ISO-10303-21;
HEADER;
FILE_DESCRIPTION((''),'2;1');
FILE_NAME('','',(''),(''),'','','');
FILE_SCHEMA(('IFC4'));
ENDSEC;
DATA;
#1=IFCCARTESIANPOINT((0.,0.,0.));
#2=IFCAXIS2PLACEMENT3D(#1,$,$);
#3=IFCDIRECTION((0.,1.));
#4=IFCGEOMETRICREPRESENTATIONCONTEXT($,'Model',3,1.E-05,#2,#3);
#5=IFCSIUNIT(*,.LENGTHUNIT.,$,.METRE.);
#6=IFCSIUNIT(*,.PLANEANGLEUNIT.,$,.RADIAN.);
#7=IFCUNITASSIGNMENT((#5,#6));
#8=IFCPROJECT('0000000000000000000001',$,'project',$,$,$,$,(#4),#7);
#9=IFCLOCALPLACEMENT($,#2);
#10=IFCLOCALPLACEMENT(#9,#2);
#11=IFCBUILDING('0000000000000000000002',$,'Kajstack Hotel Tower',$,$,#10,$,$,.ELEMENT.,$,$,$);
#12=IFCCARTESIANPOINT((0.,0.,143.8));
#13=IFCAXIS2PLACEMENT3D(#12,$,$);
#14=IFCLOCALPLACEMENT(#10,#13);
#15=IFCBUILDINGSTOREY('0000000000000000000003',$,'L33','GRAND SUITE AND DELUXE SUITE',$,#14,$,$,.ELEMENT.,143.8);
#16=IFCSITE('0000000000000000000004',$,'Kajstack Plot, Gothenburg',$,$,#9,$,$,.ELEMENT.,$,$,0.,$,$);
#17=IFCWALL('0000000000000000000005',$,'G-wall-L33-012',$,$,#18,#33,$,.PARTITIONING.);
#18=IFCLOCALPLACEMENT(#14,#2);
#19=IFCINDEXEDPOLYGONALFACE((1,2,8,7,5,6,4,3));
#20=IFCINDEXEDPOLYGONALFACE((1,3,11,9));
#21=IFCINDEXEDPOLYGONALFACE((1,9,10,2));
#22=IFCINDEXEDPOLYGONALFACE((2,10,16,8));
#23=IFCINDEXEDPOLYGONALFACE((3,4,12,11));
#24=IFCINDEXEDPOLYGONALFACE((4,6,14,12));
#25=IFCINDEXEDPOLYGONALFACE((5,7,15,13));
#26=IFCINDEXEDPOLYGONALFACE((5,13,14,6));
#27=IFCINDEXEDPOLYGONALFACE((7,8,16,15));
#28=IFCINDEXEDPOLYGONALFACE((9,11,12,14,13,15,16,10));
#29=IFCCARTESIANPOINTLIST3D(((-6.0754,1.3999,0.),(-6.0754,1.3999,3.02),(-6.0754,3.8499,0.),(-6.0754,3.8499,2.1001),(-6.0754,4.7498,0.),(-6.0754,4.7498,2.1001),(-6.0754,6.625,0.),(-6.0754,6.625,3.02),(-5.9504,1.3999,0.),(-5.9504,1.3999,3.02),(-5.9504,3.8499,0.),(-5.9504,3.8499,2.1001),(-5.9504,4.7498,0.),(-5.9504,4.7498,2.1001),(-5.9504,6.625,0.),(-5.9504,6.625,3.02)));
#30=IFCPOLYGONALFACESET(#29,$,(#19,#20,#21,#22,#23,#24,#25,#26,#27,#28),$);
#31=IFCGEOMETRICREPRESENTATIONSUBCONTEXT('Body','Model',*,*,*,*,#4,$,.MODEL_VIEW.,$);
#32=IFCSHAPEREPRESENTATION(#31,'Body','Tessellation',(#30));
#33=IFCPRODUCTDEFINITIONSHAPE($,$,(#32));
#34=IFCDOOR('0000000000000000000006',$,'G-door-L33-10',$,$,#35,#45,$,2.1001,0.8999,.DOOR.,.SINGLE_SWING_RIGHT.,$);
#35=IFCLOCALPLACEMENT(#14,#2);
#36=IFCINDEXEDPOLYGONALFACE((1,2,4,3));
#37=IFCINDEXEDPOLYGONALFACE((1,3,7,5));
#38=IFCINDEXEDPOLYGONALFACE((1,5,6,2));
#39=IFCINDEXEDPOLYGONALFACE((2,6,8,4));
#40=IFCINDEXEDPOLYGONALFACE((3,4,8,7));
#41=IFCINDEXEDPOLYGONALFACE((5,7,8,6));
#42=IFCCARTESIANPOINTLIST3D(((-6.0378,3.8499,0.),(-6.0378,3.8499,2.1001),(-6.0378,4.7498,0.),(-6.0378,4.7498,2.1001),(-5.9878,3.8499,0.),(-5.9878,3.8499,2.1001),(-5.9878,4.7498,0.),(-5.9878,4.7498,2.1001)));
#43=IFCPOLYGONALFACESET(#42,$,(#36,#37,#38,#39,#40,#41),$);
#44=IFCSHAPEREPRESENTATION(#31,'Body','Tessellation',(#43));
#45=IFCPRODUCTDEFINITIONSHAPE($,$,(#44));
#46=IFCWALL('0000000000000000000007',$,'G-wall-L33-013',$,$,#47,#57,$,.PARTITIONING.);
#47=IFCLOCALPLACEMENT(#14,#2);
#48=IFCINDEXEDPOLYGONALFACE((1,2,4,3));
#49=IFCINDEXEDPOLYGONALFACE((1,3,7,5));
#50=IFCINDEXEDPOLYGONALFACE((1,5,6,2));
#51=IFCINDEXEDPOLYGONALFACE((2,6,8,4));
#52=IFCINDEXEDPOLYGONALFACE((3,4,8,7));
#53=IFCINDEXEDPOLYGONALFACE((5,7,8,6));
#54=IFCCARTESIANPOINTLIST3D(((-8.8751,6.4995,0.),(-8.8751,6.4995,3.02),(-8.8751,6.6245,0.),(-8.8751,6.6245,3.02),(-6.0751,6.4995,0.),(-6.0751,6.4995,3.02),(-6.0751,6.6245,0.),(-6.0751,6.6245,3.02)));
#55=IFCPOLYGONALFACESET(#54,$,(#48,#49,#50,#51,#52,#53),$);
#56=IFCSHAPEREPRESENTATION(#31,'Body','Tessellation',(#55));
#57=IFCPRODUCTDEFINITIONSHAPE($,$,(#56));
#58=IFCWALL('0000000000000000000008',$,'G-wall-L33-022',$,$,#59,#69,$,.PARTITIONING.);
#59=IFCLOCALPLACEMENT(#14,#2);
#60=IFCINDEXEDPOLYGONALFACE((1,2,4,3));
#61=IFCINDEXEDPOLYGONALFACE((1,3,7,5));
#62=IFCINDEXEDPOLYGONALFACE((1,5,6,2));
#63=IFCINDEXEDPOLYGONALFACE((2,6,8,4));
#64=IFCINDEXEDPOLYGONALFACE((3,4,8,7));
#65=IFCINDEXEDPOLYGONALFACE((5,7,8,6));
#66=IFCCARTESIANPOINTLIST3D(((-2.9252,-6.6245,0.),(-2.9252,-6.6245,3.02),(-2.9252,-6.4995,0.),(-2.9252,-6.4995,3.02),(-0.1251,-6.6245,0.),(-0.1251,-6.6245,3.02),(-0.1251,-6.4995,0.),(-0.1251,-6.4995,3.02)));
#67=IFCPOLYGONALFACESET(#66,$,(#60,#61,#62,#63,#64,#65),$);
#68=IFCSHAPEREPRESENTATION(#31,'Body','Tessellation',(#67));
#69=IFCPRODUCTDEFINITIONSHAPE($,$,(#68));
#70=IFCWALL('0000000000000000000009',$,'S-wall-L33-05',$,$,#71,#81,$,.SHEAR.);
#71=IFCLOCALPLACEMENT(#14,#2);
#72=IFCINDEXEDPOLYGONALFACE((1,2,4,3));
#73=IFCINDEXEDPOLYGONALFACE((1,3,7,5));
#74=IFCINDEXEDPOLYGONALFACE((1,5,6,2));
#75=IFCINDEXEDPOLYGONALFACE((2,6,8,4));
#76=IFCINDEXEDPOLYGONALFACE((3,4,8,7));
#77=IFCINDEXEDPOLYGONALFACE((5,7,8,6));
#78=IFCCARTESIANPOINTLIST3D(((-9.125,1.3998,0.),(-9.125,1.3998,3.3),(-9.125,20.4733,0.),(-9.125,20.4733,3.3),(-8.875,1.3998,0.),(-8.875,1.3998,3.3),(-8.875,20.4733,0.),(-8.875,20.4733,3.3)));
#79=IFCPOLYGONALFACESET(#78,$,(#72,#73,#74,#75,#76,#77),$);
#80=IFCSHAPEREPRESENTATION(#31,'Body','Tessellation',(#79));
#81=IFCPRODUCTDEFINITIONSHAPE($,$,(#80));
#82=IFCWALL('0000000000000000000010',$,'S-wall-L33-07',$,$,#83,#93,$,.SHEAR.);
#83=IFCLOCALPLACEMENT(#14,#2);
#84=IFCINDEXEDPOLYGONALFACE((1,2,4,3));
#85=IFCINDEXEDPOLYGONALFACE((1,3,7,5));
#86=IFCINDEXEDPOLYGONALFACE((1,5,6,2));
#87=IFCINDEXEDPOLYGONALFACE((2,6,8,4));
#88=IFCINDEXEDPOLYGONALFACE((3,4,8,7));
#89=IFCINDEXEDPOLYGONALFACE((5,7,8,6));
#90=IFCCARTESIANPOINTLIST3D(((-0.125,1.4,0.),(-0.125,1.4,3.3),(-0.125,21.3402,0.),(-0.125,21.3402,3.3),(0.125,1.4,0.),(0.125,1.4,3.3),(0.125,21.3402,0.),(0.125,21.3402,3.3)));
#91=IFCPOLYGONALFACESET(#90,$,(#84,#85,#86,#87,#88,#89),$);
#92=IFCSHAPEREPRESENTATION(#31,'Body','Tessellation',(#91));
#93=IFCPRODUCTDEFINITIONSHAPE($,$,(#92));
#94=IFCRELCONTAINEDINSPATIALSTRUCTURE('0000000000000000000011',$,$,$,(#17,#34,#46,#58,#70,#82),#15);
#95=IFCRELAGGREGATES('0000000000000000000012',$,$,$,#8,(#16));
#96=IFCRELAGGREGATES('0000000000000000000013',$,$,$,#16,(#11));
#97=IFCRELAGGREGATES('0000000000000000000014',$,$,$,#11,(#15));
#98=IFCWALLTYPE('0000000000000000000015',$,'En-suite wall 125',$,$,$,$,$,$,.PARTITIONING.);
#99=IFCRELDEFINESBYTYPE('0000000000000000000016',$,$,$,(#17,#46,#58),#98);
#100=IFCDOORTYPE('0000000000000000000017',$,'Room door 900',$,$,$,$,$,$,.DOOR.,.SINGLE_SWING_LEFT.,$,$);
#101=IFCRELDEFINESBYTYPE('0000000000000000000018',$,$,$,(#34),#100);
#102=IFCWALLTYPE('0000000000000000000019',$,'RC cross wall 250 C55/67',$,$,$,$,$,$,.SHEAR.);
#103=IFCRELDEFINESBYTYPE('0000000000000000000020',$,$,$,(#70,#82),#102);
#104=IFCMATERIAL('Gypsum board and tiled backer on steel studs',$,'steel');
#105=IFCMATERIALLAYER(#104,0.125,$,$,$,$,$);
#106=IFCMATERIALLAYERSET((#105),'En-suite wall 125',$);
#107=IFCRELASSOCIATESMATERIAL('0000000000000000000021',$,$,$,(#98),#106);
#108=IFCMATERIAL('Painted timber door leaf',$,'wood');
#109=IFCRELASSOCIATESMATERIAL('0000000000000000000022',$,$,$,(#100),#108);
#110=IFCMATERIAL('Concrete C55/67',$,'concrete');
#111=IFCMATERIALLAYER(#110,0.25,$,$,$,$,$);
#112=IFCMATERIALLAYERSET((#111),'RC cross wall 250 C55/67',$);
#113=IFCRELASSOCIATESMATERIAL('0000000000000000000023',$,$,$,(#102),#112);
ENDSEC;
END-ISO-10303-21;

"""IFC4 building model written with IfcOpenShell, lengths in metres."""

from ifc_helpers import new_model, si_unit, direction, frame, frame_2d, origin, place, context, subcontext, project, spatial, rectangle, extrude, material, layer, layer_set, type_object, element, fill, save


model = new_model("IFC4")

# Units and contexts
model_context = context("Model", 3, precision=1e-05, world=origin(), true_north=direction((0.0, 1.0)))
body_context = subcontext(model_context, "Body", "Model", "MODEL_VIEW")
ifc_project = project(units=[si_unit("LENGTHUNIT", "METRE"), si_unit("PLANEANGLEUNIT", "RADIAN")], contexts=[model_context])

# Site, building, storey
site_placement = place(None, origin())
site = spatial("IfcSite", under=ifc_project, at=site_placement, Name="Kajstack Plot, Gothenburg", CompositionType="ELEMENT", RefElevation=0.0)
building_placement = place(site_placement, origin())
building = spatial("IfcBuilding", under=site, at=building_placement, Name="Kajstack Hotel Tower", CompositionType="ELEMENT")
storey_placement = place(building_placement, frame((0.0, 0.0, 143.8)))
storey = spatial("IfcBuildingStorey", under=building, at=storey_placement, Name="L33", Description="GRAND SUITE AND DELUXE SUITE", CompositionType="ELEMENT", Elevation=143.8)

# Wall, opening, door
ifc_material_1 = material(Name="Gypsum board and tiled backer on steel studs", Category="steel")
ifc_layer_1 = layer(ifc_material_1, 0.125)
ifc_layer_set_1 = layer_set([ifc_layer_1], Name="En-suite wall 125")
wall_type_1 = type_object("IfcWallType", Name="En-suite wall 125", PredefinedType="PARTITIONING", material=ifc_layer_set_1)
wall_1_placement = place(storey_placement, frame((-6.0129, 1.3999, 0.0), z_axis=(0.0, 0.0, 1.0), x_axis=(0.0, 1.0, 0.0)))
wall_1 = element("IfcWall", 1, at=wall_1_placement, inside=storey, type_object=wall_type_1, Name="G-wall-L33-012", PredefinedType="PARTITIONING", context=body_context, shape_type="SweptSolid", body=[
    extrude(rectangle(XDim=5.2251, YDim=0.125, at=frame_2d((2.6125, 0.0))), origin(), (0.0, 0.0, 1.0), 3.02),
])
opening_placement = place(wall_1_placement, frame((2.45, 0.0, 0.0)))
opening = element("IfcOpeningElement", 2, at=opening_placement, cuts=wall_1, PredefinedType="OPENING", context=body_context, shape_type="SweptSolid", body=[
    extrude(rectangle(XDim=0.8999, YDim=2.1001, at=frame_2d((0.45, 1.05))), frame((0.0, 0.0725, 0.0), z_axis=(0.0, -1.0, 0.0), x_axis=(1.0, 0.0, 0.0)), (0.0, 0.0, 1.0), 0.145),
])
ifc_material_2 = material(Name="Painted timber door leaf", Category="wood")
door_type = type_object("IfcDoorType", Name="Room door 900", OperationType="SINGLE_SWING_LEFT", PredefinedType="DOOR", material=ifc_material_2)
door_placement = place(opening_placement, origin())
door = element("IfcDoor", 3, at=door_placement, inside=storey, type_object=door_type, Name="G-door-L33-10", OperationType="SINGLE_SWING_RIGHT", OverallHeight=2.1001, OverallWidth=0.8999, PredefinedType="DOOR", context=body_context, shape_type="SweptSolid", body=[
    extrude(rectangle(XDim=0.8999, YDim=2.1001, at=frame_2d((0.45, 1.05))), frame((0.0, 0.0249, 0.0), z_axis=(0.0, -1.0, 0.0), x_axis=(1.0, 0.0, 0.0)), (0.0, 0.0, 1.0), 0.05),
])
fill(opening, door)

# Walls
for number, where, z_axis, x_axis, name in (
    (4, (-8.875, 6.562, 0.0), (0.0, 0.0, 1.0), (1.0, 0.0, 0.0), "G-wall-L33-013"),
    (5, (-2.925, -6.562, 0.0), (0.0, 0.0, 1.0), (1.0, 0.0, 0.0), "G-wall-L33-022"),
):
    element("IfcWall", number, at=place(storey_placement, frame(where, z_axis=z_axis, x_axis=x_axis)), inside=storey, type_object=wall_type_1, Name=name, PredefinedType="PARTITIONING", context=body_context, shape_type="SweptSolid", body=[
        extrude(rectangle(XDim=2.8, YDim=0.125, at=frame_2d((1.3999, 0.0))), origin(), (0.0, 0.0, 1.0), 3.02),
    ])
ifc_material_3 = material(Name="Concrete C55/67", Category="concrete")
ifc_layer_2 = layer(ifc_material_3, 0.25)
ifc_layer_set_2 = layer_set([ifc_layer_2], Name="RC cross wall 250 C55/67")
wall_type_2 = type_object("IfcWallType", Name="RC cross wall 250 C55/67", PredefinedType="SHEAR", material=ifc_layer_set_2)
wall_2_placement = place(storey_placement, frame((-9.0, 1.3999, 0.0), z_axis=(0.0, 0.0, 1.0), x_axis=(0.0, 1.0, 0.0)))
element("IfcWall", 6, at=wall_2_placement, inside=storey, type_object=wall_type_2, Name="S-wall-L33-05", PredefinedType="SHEAR", context=body_context, shape_type="SweptSolid", body=[
    extrude(rectangle(XDim=19.0735, YDim=0.25, at=frame_2d((9.5366, 0.0))), origin(), (0.0, 0.0, 1.0), 3.3),
])
wall_3_placement = place(storey_placement, frame((0.0, 1.3999, 0.0), z_axis=(0.0, 0.0, 1.0), x_axis=(0.0, 1.0, 0.0)))
element("IfcWall", 7, at=wall_3_placement, inside=storey, type_object=wall_type_2, Name="S-wall-L33-07", PredefinedType="SHEAR", context=body_context, shape_type="SweptSolid", body=[
    extrude(rectangle(XDim=19.9402, YDim=0.25, at=frame_2d((9.9702, 0.0))), origin(), (0.0, 0.0, 1.0), 3.3),
])

save(model, "model.ifc")
